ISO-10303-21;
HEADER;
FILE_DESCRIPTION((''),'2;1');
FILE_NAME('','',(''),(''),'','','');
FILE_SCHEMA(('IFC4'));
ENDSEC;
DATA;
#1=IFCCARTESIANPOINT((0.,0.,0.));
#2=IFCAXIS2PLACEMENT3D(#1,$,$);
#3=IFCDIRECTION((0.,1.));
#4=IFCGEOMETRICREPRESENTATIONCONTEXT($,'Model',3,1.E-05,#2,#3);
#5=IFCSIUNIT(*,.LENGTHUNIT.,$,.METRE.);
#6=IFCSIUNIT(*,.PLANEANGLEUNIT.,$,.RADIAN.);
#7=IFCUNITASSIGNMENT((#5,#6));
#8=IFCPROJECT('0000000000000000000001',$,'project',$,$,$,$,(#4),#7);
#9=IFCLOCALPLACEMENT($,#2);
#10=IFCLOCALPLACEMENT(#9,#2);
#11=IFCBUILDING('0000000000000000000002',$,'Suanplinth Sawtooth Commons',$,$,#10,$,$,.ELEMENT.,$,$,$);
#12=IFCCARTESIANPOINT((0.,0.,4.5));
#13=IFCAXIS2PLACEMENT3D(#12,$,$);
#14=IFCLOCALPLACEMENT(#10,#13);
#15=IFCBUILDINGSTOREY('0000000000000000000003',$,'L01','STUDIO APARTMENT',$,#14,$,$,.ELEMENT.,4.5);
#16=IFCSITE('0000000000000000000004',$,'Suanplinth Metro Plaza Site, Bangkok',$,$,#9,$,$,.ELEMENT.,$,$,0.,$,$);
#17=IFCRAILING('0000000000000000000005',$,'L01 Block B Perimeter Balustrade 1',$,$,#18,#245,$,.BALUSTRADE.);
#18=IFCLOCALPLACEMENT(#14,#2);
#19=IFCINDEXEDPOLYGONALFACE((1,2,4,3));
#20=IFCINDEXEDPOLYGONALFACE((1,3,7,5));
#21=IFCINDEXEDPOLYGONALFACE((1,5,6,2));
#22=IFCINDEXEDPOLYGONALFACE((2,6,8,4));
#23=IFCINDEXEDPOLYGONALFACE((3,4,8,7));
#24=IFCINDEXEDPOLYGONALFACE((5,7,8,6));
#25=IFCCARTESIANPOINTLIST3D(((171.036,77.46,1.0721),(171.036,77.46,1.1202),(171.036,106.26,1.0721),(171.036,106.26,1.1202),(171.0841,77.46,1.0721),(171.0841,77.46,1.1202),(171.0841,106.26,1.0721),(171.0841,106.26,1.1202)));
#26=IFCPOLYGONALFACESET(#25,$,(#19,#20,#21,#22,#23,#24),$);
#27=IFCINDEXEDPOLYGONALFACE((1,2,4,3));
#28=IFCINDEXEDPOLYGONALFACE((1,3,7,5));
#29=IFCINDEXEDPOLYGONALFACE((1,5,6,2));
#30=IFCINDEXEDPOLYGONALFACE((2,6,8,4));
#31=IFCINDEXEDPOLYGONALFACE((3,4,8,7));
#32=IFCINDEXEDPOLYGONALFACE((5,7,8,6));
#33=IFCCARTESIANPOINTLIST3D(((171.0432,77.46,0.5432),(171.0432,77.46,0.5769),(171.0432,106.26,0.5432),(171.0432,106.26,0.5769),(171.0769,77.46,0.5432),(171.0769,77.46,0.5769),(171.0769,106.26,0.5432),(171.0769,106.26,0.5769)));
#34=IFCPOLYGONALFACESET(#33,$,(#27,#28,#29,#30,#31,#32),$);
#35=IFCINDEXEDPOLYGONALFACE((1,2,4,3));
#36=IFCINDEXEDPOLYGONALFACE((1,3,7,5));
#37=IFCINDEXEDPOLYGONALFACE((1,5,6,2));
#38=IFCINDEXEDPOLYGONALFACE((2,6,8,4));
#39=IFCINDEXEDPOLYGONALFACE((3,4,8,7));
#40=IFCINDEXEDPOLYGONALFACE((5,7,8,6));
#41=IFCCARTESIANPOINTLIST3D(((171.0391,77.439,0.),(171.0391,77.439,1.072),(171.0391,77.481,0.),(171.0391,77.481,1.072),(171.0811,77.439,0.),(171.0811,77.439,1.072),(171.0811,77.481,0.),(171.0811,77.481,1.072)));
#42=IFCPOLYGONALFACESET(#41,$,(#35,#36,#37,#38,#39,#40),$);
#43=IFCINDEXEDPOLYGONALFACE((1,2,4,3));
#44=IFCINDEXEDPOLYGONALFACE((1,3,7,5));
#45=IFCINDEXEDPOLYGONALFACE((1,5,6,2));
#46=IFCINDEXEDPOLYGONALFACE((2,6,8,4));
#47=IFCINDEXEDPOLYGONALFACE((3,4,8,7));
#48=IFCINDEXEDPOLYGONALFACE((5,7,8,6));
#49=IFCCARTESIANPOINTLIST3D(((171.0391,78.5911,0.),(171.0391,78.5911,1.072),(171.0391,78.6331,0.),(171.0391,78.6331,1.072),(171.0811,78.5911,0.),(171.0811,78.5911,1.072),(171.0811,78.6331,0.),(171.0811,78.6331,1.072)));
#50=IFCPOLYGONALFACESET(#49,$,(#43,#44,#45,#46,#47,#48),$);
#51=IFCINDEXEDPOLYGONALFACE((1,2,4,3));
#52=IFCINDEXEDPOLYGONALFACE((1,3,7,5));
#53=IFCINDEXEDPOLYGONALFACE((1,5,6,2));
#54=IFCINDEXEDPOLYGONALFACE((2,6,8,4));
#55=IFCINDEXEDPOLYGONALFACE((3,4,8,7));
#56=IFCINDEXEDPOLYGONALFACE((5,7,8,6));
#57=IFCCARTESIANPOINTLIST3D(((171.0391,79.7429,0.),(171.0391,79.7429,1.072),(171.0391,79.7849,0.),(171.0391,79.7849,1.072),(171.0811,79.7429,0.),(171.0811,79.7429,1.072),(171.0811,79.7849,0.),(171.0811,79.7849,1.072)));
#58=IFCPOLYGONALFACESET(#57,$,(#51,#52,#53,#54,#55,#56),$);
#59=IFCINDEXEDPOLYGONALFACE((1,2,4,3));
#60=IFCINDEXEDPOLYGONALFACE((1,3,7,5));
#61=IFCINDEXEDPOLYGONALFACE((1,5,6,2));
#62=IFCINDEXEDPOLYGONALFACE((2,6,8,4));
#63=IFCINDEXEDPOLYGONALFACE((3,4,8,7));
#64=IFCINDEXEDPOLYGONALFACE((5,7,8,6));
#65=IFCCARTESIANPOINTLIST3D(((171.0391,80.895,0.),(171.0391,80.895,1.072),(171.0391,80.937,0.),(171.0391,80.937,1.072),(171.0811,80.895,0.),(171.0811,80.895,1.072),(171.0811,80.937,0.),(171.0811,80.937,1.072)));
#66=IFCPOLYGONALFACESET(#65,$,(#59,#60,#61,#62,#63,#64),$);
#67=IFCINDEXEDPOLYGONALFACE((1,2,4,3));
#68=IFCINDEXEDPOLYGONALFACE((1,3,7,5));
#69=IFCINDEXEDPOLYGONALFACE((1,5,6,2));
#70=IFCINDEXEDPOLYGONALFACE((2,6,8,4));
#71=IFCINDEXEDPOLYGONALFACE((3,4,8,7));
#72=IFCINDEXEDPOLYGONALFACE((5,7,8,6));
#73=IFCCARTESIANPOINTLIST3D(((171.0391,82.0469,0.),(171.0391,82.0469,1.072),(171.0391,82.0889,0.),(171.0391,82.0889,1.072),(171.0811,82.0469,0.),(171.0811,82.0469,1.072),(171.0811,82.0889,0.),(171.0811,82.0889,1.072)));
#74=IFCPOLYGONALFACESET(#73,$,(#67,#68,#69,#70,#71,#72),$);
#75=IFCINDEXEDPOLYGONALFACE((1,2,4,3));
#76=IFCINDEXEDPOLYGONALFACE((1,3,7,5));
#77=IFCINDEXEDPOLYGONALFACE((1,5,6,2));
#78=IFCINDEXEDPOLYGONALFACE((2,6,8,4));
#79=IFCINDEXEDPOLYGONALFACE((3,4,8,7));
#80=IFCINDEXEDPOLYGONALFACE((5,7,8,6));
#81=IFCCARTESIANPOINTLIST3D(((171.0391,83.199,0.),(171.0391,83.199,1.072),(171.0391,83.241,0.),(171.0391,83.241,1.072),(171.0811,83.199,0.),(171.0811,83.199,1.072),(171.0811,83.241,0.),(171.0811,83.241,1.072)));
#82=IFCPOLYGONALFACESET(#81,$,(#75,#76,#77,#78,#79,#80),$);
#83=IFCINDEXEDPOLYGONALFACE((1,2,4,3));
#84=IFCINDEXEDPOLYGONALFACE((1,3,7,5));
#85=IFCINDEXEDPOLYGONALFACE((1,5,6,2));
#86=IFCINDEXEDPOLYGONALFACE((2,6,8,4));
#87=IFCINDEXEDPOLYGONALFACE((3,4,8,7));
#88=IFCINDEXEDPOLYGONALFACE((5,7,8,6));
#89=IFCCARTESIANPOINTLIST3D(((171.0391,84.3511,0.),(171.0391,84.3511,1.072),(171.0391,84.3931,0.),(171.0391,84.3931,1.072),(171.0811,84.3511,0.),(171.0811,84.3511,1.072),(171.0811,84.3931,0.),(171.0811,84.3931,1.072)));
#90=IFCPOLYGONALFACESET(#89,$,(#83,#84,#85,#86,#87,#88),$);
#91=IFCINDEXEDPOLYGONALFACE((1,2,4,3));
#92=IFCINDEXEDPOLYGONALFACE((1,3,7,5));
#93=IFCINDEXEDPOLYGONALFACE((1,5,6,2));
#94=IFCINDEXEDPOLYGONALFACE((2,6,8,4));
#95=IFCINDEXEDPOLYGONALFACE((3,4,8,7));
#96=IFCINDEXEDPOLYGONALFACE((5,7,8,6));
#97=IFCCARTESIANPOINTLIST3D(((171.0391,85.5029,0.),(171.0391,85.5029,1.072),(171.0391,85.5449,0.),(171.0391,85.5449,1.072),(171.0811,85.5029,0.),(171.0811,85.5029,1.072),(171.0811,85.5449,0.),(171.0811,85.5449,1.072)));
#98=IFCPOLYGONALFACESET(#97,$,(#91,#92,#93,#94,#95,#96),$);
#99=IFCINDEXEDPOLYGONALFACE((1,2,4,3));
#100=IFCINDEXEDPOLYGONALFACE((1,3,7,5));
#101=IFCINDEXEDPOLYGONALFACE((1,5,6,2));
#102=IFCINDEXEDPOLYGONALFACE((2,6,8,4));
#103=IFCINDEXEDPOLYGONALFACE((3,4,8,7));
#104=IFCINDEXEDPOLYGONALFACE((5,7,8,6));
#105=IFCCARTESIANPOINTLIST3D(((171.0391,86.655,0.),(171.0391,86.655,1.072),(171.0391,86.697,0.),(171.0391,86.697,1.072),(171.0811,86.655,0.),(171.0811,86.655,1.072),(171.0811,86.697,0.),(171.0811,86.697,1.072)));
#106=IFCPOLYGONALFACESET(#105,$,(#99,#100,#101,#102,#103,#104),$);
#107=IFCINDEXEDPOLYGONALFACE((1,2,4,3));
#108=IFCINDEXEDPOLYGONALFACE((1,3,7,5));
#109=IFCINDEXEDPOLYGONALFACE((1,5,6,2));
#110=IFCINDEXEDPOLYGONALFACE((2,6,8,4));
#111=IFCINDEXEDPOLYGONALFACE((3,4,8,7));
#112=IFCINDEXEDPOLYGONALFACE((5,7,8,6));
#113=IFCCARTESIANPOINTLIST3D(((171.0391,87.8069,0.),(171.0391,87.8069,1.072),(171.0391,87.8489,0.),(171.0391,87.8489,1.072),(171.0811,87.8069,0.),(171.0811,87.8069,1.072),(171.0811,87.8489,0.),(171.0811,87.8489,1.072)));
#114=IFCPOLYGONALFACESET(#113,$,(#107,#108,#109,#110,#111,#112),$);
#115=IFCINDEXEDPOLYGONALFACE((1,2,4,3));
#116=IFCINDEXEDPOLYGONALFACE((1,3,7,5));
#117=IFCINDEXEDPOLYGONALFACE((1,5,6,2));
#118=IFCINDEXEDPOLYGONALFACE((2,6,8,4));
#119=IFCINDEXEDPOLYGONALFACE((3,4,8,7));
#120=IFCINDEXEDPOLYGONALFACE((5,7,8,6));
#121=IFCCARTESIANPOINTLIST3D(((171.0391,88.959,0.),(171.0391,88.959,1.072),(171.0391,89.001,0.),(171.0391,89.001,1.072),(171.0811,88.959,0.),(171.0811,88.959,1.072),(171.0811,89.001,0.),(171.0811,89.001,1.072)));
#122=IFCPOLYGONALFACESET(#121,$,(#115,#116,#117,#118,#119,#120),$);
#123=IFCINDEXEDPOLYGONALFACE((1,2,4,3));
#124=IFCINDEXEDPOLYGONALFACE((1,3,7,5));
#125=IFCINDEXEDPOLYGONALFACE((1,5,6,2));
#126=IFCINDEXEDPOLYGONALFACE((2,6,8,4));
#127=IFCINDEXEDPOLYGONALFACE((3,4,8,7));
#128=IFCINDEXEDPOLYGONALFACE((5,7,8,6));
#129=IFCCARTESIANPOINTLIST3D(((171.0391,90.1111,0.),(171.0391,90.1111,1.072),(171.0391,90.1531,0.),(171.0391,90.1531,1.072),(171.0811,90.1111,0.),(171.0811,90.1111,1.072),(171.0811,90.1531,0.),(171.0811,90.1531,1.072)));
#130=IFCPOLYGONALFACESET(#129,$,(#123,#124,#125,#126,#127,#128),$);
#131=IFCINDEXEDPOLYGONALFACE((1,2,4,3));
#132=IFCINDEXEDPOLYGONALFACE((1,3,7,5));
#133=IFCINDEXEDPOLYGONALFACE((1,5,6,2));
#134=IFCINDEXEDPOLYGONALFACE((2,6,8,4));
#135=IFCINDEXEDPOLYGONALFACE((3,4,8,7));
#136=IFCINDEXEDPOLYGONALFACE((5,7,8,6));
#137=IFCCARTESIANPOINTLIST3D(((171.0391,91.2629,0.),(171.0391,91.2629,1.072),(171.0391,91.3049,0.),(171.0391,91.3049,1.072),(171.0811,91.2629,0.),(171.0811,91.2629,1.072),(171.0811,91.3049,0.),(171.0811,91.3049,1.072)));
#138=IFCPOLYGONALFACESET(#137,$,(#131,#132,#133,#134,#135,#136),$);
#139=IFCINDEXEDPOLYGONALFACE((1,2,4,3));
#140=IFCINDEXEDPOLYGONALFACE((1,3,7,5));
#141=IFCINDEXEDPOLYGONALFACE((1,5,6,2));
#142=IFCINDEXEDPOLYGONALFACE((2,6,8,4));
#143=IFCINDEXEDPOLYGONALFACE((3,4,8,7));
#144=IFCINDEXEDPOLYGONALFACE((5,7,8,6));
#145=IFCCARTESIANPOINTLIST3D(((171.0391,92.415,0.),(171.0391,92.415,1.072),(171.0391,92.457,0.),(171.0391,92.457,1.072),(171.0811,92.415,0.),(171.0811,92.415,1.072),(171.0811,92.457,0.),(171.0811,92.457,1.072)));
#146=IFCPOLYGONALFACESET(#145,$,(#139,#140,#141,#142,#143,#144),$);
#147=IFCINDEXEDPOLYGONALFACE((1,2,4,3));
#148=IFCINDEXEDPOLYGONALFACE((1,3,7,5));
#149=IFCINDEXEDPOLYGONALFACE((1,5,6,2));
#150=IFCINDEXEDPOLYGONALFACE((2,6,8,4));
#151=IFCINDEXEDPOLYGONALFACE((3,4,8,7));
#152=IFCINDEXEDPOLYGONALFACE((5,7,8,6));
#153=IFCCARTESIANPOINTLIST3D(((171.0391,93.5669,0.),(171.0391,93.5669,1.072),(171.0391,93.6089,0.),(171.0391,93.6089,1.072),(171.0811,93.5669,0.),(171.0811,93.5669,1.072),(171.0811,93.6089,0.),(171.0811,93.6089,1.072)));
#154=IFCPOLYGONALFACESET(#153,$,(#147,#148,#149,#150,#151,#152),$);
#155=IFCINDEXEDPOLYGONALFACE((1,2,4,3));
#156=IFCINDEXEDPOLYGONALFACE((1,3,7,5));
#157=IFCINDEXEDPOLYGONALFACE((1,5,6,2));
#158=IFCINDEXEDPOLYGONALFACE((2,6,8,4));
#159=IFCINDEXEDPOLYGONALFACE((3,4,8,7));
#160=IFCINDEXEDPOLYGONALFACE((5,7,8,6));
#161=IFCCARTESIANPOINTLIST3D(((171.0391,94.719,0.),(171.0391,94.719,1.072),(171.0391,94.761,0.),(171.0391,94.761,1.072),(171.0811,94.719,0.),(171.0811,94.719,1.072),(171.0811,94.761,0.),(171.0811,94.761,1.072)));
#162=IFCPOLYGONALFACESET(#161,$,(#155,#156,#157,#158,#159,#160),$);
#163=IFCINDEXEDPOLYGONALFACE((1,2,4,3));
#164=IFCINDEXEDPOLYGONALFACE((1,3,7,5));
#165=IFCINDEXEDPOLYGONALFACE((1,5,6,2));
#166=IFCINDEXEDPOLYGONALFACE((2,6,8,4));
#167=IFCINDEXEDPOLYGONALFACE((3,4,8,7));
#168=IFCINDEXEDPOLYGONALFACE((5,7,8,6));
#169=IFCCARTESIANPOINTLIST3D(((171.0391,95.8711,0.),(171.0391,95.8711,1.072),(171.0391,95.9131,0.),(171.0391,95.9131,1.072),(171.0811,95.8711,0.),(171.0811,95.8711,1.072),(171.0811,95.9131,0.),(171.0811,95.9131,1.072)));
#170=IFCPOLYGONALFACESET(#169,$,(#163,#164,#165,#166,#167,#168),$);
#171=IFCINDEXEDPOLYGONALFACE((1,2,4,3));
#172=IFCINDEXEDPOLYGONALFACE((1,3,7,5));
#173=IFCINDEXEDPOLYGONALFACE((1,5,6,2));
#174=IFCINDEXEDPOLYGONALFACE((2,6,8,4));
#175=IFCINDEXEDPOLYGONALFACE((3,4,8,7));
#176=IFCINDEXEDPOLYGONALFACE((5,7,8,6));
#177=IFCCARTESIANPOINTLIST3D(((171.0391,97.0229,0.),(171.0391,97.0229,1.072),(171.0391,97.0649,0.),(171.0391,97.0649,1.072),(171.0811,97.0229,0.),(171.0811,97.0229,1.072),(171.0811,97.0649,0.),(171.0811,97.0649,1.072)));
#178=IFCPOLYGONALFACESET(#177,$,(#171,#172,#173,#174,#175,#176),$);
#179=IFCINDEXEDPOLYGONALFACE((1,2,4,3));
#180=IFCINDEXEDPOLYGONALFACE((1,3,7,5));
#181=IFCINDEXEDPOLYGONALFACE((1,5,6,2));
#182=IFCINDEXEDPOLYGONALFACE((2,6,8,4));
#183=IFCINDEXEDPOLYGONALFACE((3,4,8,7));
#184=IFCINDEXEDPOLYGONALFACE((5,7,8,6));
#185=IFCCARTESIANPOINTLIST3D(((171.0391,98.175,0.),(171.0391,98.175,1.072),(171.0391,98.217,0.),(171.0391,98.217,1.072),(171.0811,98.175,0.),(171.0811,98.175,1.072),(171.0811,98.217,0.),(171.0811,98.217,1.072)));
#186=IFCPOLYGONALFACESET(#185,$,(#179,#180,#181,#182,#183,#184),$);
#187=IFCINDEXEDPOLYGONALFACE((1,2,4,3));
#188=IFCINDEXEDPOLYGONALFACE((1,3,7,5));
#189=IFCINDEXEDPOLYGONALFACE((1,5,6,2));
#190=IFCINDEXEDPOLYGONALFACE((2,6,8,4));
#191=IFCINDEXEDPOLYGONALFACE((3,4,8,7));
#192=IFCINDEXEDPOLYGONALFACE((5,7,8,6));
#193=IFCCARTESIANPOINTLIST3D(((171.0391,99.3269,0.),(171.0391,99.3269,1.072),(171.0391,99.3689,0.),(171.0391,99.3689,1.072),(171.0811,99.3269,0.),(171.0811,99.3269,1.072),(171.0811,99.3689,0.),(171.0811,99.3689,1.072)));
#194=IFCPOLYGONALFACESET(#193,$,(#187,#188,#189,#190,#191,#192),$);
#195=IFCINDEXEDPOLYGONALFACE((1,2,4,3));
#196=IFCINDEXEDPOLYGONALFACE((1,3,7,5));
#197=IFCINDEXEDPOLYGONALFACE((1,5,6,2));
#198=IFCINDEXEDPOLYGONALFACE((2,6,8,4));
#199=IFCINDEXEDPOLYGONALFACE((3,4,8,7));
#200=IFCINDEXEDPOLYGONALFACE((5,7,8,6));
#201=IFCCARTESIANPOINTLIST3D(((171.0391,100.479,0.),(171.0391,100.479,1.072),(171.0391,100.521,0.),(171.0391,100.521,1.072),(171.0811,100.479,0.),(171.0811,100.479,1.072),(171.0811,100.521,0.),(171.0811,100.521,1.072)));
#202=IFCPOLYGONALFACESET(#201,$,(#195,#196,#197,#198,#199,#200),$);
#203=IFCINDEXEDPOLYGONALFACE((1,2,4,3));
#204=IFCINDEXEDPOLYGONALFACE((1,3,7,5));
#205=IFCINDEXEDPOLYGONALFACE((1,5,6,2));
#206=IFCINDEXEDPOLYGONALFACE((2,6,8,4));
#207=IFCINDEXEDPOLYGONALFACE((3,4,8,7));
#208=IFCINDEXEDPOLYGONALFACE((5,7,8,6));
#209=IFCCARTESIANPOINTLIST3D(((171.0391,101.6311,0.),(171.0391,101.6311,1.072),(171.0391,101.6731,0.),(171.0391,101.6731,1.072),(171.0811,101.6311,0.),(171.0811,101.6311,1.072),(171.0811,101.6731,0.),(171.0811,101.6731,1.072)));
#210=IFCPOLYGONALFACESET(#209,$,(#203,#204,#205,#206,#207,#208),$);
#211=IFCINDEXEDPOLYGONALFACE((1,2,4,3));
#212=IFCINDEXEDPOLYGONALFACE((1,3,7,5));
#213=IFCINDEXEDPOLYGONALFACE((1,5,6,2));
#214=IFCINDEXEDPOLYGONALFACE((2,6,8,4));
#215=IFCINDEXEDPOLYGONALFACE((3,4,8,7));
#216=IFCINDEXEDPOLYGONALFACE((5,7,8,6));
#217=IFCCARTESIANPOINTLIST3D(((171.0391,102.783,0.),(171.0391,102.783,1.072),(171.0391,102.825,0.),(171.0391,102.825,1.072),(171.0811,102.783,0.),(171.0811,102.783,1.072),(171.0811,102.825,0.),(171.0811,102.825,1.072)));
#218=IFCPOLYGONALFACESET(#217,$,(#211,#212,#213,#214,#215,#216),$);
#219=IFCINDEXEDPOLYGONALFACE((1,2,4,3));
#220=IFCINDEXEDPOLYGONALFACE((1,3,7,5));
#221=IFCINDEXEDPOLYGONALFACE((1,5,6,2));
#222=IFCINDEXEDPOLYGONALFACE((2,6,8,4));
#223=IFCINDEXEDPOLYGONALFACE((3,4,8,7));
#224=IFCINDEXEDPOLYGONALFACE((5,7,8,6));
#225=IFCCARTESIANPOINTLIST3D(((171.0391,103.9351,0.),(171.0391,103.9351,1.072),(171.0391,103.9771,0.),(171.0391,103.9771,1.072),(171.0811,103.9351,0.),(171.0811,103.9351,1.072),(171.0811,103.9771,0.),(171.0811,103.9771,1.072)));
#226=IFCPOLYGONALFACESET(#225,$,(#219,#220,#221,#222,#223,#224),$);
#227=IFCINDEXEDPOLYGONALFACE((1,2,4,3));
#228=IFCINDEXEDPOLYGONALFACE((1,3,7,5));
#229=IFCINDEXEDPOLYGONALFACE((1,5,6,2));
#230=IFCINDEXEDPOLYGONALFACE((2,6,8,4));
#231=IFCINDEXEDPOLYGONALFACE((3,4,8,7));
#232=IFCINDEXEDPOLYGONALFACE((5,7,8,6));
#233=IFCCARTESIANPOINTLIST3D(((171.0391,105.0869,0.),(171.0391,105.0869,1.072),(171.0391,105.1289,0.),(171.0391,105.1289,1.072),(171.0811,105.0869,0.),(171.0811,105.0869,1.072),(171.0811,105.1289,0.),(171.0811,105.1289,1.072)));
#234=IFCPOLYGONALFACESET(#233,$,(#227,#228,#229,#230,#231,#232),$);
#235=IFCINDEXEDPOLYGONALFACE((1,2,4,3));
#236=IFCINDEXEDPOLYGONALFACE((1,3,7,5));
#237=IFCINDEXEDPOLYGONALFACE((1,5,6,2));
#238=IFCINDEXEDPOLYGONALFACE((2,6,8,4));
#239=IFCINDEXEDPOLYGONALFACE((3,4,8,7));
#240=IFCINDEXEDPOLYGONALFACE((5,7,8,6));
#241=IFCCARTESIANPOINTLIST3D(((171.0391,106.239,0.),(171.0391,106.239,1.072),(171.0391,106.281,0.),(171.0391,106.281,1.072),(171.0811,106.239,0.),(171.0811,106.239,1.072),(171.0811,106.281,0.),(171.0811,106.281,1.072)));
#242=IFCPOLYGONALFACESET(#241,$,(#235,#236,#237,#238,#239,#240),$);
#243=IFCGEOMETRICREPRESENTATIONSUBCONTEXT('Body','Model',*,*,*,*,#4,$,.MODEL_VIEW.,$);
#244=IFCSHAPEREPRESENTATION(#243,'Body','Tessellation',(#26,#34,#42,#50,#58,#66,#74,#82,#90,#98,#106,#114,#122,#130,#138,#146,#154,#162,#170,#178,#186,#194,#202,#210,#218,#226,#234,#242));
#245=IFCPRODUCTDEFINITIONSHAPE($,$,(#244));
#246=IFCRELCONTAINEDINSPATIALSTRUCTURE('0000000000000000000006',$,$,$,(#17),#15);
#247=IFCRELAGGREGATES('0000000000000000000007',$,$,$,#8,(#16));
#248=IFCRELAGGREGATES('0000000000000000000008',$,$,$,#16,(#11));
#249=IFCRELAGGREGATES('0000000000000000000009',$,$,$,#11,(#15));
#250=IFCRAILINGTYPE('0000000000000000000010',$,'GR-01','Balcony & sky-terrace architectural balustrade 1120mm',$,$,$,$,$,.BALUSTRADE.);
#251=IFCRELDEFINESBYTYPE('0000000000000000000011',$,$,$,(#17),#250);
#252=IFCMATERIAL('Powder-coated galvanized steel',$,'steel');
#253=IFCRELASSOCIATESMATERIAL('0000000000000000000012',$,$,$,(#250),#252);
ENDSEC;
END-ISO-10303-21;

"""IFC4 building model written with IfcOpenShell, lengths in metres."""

from ifc_helpers import new_model, si_unit, direction, frame, origin, origin_2d, place, context, subcontext, project, spatial, rectangle, extrude, material, type_object, element, save


model = new_model("IFC4")

# Units and contexts
model_context = context("Model", 3, precision=1e-05, world=origin(), true_north=direction((0.0, 1.0)))
body_context = subcontext(model_context, "Body", "Model", "MODEL_VIEW")
ifc_project = project(units=[si_unit("LENGTHUNIT", "METRE"), si_unit("PLANEANGLEUNIT", "RADIAN")], contexts=[model_context])

# Site, building, storey
site_placement = place(None, origin())
site = spatial("IfcSite", under=ifc_project, at=site_placement, Name="Suanplinth Metro Plaza Site, Bangkok", CompositionType="ELEMENT", RefElevation=0.0)
building_placement = place(site_placement, origin())
building = spatial("IfcBuilding", under=site, at=building_placement, Name="Suanplinth Sawtooth Commons", CompositionType="ELEMENT")
storey_placement = place(building_placement, frame((0.0, 0.0, 4.5)))
storey = spatial("IfcBuildingStorey", under=building, at=storey_placement, Name="L01", Description="STUDIO APARTMENT", CompositionType="ELEMENT", Elevation=4.5)

# Railing
ifc_material_1 = material(Name="Powder-coated galvanized steel", Category="steel")
railing_type = type_object("IfcRailingType", Name="GR-01", Description="Balcony & sky-terrace architectural balustrade 1120mm", PredefinedType="BALUSTRADE", material=ifc_material_1)
railing_1_placement = place(storey_placement, frame((171.0601, 77.46, 0.0)))
element("IfcRailing", 1, at=railing_1_placement, inside=storey, type_object=railing_type, Name="L01 Block B Perimeter Balustrade 1", PredefinedType="BALUSTRADE", context=body_context, shape_type="SweptSolid", body=[
    extrude(rectangle(XDim=0.0481, YDim=0.0481, at=origin_2d()), frame((0.0, 0.0, 1.0962), z_axis=(0.0, 1.0, 0.0), x_axis=(-1.0, 0.0, 0.0)), (0.0, 0.0, 1.0), 28.8),
    extrude(rectangle(XDim=0.0337, YDim=0.0337, at=origin_2d()), frame((0.0, 0.0, 0.5601), z_axis=(0.0, 1.0, 0.0), x_axis=(-1.0, 0.0, 0.0)), (0.0, 0.0, 1.0), 28.8),
    extrude(rectangle(XDim=0.042, YDim=0.042, at=origin_2d()), origin(), (0.0, 0.0, 1.0), 1.072),
    extrude(rectangle(XDim=0.042, YDim=0.042, at=origin_2d()), frame((0.0, 1.1521, 0.0)), (0.0, 0.0, 1.0), 1.072),
    extrude(rectangle(XDim=0.042, YDim=0.042, at=origin_2d()), frame((0.0, 2.304, 0.0)), (0.0, 0.0, 1.0), 1.072),
    extrude(rectangle(XDim=0.042, YDim=0.042, at=origin_2d()), frame((0.0, 3.4561, 0.0)), (0.0, 0.0, 1.0), 1.072),
    extrude(rectangle(XDim=0.042, YDim=0.042, at=origin_2d()), frame((0.0, 4.6079, 0.0)), (0.0, 0.0, 1.0), 1.072),
    extrude(rectangle(XDim=0.042, YDim=0.042, at=origin_2d()), frame((0.0, 5.76, 0.0)), (0.0, 0.0, 1.0), 1.072),
    extrude(rectangle(XDim=0.042, YDim=0.042, at=origin_2d()), frame((0.0, 6.9121, 0.0)), (0.0, 0.0, 1.0), 1.072),
    extrude(rectangle(XDim=0.042, YDim=0.042, at=origin_2d()), frame((0.0, 8.064, 0.0)), (0.0, 0.0, 1.0), 1.072),
    extrude(rectangle(XDim=0.042, YDim=0.042, at=origin_2d()), frame((0.0, 9.2161, 0.0)), (0.0, 0.0, 1.0), 1.072),
    extrude(rectangle(XDim=0.042, YDim=0.042, at=origin_2d()), frame((0.0, 10.3679, 0.0)), (0.0, 0.0, 1.0), 1.072),
    extrude(rectangle(XDim=0.042, YDim=0.042, at=origin_2d()), frame((0.0, 11.52, 0.0)), (0.0, 0.0, 1.0), 1.072),
    extrude(rectangle(XDim=0.042, YDim=0.042, at=origin_2d()), frame((0.0, 12.6721, 0.0)), (0.0, 0.0, 1.0), 1.072),
    extrude(rectangle(XDim=0.042, YDim=0.042, at=origin_2d()), frame((0.0, 13.824, 0.0)), (0.0, 0.0, 1.0), 1.072),
    extrude(rectangle(XDim=0.042, YDim=0.042, at=origin_2d()), frame((0.0, 14.9761, 0.0)), (0.0, 0.0, 1.0), 1.072),
    extrude(rectangle(XDim=0.042, YDim=0.042, at=origin_2d()), frame((0.0, 16.1279, 0.0)), (0.0, 0.0, 1.0), 1.072),
    extrude(rectangle(XDim=0.042, YDim=0.042, at=origin_2d()), frame((0.0, 17.28, 0.0)), (0.0, 0.0, 1.0), 1.072),
    extrude(rectangle(XDim=0.042, YDim=0.042, at=origin_2d()), frame((0.0, 18.4321, 0.0)), (0.0, 0.0, 1.0), 1.072),
    extrude(rectangle(XDim=0.042, YDim=0.042, at=origin_2d()), frame((0.0, 19.584, 0.0)), (0.0, 0.0, 1.0), 1.072),
    extrude(rectangle(XDim=0.042, YDim=0.042, at=origin_2d()), frame((0.0, 20.7361, 0.0)), (0.0, 0.0, 1.0), 1.072),
    extrude(rectangle(XDim=0.042, YDim=0.042, at=origin_2d()), frame((0.0, 21.8879, 0.0)), (0.0, 0.0, 1.0), 1.072),
    extrude(rectangle(XDim=0.042, YDim=0.042, at=origin_2d()), frame((0.0, 23.04, 0.0)), (0.0, 0.0, 1.0), 1.072),
    extrude(rectangle(XDim=0.042, YDim=0.042, at=origin_2d()), frame((0.0, 24.1921, 0.0)), (0.0, 0.0, 1.0), 1.072),
    extrude(rectangle(XDim=0.042, YDim=0.042, at=origin_2d()), frame((0.0, 25.344, 0.0)), (0.0, 0.0, 1.0), 1.072),
    extrude(rectangle(XDim=0.042, YDim=0.042, at=origin_2d()), frame((0.0, 26.4961, 0.0)), (0.0, 0.0, 1.0), 1.072),
    extrude(rectangle(XDim=0.042, YDim=0.042, at=origin_2d()), frame((0.0, 27.6479, 0.0)), (0.0, 0.0, 1.0), 1.072),
    extrude(rectangle(XDim=0.042, YDim=0.042, at=origin_2d()), frame((0.0, 28.8, 0.0)), (0.0, 0.0, 1.0), 1.072),
])

save(model, "model.ifc")
